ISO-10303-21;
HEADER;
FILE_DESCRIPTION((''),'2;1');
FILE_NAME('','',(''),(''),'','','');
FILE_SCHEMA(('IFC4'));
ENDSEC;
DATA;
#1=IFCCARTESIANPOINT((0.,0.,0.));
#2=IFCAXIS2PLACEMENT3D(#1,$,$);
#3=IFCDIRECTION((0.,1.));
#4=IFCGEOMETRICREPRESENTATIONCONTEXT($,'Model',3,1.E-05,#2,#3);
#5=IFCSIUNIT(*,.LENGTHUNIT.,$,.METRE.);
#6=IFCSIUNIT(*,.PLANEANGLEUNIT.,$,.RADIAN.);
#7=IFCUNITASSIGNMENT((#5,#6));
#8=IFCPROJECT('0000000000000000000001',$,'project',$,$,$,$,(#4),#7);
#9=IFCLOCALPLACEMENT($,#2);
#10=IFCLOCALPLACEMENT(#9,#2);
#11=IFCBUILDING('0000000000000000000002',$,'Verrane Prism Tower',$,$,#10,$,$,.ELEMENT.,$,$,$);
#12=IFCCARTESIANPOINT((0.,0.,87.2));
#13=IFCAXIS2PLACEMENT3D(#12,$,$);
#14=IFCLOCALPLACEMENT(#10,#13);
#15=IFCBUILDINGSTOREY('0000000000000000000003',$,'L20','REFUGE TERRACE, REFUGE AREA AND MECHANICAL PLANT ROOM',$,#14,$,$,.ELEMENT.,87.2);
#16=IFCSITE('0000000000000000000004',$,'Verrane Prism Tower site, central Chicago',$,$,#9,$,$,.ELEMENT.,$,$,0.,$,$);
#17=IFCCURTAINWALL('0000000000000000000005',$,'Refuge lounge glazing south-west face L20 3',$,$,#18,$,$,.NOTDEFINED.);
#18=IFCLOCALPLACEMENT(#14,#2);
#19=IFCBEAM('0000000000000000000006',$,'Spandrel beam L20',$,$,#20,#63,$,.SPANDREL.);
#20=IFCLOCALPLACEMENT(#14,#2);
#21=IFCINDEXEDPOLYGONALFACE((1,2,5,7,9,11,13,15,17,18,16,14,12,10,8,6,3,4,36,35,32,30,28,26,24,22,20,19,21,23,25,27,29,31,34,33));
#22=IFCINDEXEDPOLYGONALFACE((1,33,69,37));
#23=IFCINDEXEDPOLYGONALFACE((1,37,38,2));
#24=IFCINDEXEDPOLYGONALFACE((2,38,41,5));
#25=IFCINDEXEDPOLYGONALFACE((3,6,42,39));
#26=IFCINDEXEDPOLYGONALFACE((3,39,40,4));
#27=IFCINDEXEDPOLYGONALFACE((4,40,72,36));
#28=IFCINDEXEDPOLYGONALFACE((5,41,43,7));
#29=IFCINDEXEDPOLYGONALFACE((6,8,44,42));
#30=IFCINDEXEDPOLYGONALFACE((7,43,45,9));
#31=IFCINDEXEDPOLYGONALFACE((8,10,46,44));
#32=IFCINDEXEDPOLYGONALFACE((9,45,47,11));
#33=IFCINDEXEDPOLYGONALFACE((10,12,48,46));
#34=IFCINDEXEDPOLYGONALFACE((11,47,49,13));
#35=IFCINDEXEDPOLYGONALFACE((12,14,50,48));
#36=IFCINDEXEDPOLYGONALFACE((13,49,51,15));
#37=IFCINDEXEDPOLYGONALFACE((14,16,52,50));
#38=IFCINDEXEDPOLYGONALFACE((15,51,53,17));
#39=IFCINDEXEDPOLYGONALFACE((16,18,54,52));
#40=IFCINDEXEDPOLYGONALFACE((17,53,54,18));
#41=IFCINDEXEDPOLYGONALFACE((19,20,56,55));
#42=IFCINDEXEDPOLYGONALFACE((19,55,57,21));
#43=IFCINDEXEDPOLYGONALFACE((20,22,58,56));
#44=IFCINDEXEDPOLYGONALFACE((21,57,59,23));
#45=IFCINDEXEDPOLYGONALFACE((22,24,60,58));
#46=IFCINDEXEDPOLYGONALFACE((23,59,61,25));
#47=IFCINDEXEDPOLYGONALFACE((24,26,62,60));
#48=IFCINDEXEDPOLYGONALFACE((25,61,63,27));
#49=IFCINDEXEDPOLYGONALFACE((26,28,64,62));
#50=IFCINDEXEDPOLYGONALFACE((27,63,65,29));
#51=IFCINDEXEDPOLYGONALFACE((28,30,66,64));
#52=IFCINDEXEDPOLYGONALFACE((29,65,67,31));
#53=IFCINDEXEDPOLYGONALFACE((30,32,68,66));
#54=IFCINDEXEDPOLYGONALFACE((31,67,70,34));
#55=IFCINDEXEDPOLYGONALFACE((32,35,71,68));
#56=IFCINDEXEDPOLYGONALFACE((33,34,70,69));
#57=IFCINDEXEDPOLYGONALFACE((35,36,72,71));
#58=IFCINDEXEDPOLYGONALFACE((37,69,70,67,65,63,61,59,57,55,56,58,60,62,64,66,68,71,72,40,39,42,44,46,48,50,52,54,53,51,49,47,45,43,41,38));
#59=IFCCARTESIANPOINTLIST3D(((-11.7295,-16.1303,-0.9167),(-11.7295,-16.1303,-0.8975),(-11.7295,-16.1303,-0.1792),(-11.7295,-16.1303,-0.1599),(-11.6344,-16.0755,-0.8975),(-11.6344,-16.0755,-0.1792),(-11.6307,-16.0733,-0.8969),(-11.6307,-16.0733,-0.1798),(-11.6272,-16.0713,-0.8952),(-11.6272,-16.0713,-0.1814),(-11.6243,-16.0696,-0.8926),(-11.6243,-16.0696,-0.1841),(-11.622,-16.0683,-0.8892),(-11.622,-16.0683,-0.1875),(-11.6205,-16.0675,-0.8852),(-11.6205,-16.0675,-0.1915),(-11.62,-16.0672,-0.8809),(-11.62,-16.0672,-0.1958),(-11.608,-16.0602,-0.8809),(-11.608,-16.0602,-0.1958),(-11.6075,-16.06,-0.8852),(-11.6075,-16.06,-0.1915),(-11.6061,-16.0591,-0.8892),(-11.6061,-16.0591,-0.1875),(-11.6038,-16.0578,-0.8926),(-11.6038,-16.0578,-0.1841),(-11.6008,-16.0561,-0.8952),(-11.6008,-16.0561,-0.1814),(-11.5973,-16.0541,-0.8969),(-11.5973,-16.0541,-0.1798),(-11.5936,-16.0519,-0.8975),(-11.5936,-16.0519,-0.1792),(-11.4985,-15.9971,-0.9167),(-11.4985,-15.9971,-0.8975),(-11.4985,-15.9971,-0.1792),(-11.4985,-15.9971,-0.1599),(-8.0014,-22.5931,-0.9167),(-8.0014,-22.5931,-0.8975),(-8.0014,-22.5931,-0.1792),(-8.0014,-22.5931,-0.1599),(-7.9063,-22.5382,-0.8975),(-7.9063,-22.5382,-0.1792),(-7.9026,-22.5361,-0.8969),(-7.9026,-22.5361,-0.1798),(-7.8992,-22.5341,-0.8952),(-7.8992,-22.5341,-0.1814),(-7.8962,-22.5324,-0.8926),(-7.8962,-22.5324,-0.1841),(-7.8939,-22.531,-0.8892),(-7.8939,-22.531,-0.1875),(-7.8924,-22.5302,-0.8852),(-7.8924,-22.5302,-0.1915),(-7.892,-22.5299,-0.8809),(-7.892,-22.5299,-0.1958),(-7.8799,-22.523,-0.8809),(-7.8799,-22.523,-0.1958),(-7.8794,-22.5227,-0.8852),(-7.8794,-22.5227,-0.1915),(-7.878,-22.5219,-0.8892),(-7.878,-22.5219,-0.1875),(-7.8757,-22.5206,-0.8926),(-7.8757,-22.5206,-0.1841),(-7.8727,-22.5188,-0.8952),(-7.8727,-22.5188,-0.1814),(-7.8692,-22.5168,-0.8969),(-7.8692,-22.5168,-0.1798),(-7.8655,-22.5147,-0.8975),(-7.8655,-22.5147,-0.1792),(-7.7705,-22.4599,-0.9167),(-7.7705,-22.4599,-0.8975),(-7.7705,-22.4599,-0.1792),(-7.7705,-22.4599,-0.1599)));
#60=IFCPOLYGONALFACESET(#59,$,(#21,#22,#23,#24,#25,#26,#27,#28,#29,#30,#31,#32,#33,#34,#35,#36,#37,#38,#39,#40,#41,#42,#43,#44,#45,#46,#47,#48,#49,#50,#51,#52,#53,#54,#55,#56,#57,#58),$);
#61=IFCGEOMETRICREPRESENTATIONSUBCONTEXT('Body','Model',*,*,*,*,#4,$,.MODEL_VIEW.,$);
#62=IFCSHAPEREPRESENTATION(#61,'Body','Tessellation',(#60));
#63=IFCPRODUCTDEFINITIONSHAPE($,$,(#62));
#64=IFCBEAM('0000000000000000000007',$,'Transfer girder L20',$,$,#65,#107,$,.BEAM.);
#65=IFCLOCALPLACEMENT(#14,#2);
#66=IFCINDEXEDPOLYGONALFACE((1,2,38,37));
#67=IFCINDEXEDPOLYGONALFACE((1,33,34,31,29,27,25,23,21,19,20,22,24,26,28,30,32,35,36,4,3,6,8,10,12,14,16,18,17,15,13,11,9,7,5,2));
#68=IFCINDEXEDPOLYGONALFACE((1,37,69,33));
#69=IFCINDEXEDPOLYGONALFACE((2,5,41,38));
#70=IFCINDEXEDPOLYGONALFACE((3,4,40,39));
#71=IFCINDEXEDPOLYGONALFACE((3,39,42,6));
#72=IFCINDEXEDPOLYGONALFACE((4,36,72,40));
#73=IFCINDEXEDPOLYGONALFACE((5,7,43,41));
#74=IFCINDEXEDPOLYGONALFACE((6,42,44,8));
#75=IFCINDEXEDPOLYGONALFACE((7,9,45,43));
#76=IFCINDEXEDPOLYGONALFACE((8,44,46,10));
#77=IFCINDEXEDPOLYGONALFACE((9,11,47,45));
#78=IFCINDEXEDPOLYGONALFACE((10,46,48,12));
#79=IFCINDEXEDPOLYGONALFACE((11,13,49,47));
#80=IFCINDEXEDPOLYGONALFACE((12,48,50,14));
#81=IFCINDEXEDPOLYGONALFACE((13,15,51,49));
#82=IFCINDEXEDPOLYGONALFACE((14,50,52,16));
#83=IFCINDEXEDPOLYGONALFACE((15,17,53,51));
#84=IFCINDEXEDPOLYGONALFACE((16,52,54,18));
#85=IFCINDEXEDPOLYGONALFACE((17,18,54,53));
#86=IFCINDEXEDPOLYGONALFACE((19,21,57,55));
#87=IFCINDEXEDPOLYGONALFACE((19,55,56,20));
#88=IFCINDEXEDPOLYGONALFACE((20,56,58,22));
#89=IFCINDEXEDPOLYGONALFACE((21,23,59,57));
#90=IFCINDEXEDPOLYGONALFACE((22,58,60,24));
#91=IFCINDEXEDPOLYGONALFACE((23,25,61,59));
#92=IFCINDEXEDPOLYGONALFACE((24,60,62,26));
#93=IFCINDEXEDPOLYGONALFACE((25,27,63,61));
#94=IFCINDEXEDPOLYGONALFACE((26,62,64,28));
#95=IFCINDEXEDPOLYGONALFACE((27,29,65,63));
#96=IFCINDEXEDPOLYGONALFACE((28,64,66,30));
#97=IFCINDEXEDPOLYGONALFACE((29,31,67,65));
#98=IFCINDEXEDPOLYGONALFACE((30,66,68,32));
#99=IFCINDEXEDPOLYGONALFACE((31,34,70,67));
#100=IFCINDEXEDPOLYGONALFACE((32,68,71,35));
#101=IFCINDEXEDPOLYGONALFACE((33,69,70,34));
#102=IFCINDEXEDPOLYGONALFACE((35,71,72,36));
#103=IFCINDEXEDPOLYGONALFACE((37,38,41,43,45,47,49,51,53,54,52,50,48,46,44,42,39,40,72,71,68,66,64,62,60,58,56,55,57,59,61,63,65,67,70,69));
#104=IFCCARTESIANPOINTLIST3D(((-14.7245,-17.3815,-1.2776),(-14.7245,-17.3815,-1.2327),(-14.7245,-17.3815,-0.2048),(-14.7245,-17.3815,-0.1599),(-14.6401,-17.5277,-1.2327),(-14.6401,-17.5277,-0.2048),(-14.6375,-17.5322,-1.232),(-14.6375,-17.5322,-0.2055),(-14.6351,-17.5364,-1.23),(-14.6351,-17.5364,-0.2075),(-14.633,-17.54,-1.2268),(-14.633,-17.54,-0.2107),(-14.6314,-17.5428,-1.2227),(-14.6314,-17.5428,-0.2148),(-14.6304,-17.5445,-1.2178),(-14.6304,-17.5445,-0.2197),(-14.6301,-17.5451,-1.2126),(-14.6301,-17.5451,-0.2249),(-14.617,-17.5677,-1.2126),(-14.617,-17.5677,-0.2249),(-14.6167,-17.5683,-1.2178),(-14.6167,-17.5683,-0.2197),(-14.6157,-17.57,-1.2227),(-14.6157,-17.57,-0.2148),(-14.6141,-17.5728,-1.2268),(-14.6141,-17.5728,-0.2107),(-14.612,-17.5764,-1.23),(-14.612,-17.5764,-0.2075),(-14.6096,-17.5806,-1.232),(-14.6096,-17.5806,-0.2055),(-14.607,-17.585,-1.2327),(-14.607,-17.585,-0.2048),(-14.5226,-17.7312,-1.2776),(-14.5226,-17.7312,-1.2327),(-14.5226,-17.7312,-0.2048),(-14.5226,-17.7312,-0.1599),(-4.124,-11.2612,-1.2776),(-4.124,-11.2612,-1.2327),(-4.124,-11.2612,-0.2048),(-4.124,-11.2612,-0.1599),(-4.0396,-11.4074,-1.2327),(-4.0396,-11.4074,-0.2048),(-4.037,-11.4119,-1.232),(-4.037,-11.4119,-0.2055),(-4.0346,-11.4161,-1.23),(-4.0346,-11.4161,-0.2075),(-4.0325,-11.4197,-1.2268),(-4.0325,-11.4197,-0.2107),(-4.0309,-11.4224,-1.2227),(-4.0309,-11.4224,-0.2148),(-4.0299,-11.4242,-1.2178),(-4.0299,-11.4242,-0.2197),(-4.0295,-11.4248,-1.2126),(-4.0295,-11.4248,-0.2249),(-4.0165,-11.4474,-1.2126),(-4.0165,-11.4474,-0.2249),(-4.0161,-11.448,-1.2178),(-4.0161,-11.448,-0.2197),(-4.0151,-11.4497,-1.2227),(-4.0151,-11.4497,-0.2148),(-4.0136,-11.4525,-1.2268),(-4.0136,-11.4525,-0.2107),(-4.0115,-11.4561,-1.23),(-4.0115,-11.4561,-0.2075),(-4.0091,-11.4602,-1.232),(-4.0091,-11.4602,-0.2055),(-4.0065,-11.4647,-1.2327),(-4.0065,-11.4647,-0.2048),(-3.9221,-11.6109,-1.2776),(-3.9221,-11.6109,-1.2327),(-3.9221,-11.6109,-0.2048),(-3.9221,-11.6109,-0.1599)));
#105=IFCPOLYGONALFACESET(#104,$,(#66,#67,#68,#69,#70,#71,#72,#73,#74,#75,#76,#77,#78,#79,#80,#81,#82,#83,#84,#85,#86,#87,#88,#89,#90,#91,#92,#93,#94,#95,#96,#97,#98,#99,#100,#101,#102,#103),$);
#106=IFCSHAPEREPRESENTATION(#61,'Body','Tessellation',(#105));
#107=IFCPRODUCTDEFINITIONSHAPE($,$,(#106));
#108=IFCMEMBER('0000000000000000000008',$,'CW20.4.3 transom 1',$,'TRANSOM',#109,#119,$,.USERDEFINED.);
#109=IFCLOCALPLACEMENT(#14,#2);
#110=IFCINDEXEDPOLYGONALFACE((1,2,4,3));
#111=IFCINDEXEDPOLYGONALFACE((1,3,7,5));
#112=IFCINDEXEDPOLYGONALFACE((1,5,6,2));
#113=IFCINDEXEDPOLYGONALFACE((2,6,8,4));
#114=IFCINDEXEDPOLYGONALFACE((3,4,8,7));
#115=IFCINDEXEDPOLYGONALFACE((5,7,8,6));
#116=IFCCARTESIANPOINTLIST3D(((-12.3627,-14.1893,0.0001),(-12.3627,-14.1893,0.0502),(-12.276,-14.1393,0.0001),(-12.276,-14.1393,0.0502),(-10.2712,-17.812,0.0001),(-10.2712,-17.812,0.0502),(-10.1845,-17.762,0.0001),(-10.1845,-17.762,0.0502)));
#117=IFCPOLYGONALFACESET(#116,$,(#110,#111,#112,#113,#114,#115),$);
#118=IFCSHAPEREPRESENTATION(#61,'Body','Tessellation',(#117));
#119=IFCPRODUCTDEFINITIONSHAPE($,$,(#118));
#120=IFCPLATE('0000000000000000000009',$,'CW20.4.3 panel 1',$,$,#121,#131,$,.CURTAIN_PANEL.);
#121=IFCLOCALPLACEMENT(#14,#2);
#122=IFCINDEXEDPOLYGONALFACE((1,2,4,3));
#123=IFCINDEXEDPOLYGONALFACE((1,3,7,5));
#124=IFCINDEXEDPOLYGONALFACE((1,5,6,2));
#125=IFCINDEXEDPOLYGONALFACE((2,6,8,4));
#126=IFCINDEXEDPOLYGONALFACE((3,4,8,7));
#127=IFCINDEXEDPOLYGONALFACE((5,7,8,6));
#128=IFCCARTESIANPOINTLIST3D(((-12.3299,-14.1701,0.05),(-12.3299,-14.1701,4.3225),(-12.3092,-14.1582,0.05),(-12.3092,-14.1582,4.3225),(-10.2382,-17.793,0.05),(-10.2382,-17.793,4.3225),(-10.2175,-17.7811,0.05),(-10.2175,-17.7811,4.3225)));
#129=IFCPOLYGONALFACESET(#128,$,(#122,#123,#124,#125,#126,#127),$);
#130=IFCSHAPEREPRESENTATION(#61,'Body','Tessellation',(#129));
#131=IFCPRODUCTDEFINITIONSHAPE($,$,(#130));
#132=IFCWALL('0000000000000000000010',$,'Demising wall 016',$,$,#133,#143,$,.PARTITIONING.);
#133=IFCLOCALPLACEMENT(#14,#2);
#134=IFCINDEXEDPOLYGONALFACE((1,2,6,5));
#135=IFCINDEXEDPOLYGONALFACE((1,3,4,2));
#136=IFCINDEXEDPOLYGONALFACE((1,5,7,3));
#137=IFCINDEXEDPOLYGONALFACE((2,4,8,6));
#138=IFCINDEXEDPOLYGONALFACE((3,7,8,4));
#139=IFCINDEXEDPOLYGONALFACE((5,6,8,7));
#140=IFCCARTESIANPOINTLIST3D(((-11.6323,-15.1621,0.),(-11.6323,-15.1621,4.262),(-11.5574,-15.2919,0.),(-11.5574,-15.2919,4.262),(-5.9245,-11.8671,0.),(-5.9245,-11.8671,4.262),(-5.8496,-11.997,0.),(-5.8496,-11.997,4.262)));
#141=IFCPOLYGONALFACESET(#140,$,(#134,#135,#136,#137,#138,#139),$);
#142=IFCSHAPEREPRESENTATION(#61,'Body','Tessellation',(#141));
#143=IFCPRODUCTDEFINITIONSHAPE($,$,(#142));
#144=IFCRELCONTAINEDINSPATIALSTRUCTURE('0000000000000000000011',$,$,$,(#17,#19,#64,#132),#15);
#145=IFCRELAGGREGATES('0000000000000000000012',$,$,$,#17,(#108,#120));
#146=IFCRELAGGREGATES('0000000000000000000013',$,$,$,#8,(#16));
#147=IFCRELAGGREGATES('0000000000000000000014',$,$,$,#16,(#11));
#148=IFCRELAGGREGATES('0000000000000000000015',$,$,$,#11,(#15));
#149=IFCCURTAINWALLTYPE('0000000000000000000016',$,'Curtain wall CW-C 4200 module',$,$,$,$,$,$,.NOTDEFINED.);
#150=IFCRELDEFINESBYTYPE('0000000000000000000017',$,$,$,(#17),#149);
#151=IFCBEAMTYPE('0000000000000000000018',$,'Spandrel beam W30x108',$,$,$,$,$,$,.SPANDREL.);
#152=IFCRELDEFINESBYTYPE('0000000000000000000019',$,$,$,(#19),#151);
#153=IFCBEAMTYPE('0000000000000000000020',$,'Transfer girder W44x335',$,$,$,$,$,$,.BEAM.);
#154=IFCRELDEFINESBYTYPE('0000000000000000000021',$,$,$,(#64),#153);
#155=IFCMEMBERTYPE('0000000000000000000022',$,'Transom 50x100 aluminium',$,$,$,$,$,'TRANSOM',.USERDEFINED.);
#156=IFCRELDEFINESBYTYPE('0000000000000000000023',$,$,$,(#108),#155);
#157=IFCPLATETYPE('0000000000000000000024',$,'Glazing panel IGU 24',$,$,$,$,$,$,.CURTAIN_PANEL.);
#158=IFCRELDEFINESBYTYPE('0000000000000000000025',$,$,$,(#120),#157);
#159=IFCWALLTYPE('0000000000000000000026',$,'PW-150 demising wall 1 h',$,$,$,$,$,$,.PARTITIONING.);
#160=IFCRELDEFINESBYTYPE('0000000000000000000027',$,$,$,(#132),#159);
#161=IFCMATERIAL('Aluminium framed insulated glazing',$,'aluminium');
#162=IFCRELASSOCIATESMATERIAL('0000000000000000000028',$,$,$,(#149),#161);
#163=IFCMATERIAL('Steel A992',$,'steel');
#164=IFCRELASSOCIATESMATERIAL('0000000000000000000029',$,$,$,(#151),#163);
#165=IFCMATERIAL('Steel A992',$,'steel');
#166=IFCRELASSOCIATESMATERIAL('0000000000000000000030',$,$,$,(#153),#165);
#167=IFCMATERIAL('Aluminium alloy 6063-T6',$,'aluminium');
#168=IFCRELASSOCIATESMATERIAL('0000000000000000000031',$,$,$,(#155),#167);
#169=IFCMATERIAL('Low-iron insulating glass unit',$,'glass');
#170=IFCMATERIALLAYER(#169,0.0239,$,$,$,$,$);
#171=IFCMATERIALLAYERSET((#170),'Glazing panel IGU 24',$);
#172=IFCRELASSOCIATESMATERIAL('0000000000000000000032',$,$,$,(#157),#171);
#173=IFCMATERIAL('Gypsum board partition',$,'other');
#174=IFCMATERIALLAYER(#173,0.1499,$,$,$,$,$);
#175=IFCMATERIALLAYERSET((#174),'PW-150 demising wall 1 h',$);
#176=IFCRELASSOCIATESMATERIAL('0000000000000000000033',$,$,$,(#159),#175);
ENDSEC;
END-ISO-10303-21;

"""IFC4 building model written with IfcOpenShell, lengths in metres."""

from ifc_helpers import new_model, si_unit, direction, frame, frame_2d, origin, origin_2d, place, context, subcontext, project, spatial, rectangle, i_section, extrude, material, layer, layer_set, material_profile, profile_set, type_object, element, aggregate, save


model = new_model("IFC4")

# Units and contexts
model_context = context("Model", 3, precision=1e-05, world=origin(), true_north=direction((0.0, 1.0)))
body_context = subcontext(model_context, "Body", "Model", "MODEL_VIEW")
ifc_project = project(units=[si_unit("LENGTHUNIT", "METRE"), si_unit("PLANEANGLEUNIT", "RADIAN")], contexts=[model_context])

# Site, building, storey
site_placement = place(None, origin())
site = spatial("IfcSite", under=ifc_project, at=site_placement, Name="Verrane Prism Tower site, central Chicago", CompositionType="ELEMENT", RefElevation=0.0)
building_placement = place(site_placement, origin())
building = spatial("IfcBuilding", under=site, at=building_placement, Name="Verrane Prism Tower", CompositionType="ELEMENT")
storey_placement = place(building_placement, frame((0.0, 0.0, 87.2)))
storey = spatial("IfcBuildingStorey", under=building, at=storey_placement, Name="L20", Description="REFUGE TERRACE, REFUGE AREA AND MECHANICAL PLANT ROOM", CompositionType="ELEMENT", Elevation=87.2)

# Curtain wall
ifc_material_1 = material(Name="Aluminium framed insulated glazing", Category="aluminium")
curtain_wall_type = type_object("IfcCurtainWallType", Name="Curtain wall CW-C 4200 module", PredefinedType="NOTDEFINED", material=ifc_material_1)
curtain_wall_placement = place(storey_placement, origin())
curtain_wall = element("IfcCurtainWall", 1, at=curtain_wall_placement, inside=storey, type_object=curtain_wall_type, Name="Refuge lounge glazing south-west face L20 3", PredefinedType="NOTDEFINED")

# Beams
ifc_material_2 = material(Name="Steel A992", Category="steel")
ifc_material_profile_1 = material_profile(ifc_material_2, i_section(OverallWidth=0.2666, OverallDepth=0.7568, WebThickness=0.0139, FlangeThickness=0.0193, FilletRadius=0.0166, at=origin_2d()), Name="W30x108")
ifc_profile_set_1 = profile_set([ifc_material_profile_1], Name="Steel A992")
beam_type_1 = type_object("IfcBeamType", Name="Spandrel beam W30x108", PredefinedType="SPANDREL", material=ifc_profile_set_1)
beam_1_placement = place(storey_placement, frame((-11.614, -16.0637, -0.5383), z_axis=(0.49968, -0.86621, 0.0), x_axis=(0.86621, 0.49968, 0.0)))
element("IfcBeam", 2, at=beam_1_placement, inside=storey, type_object=beam_type_1, Name="Spandrel beam L20", PredefinedType="SPANDREL", context=body_context, shape_type="SweptSolid", body=[
    extrude(i_section(OverallWidth=0.2666, OverallDepth=0.7568, WebThickness=0.0139, FlangeThickness=0.0193, FilletRadius=0.0166, at=origin_2d()), origin(), (0.0, 0.0, 1.0), 7.4609),
])
ifc_material_3 = material(Name="Steel A992", Category="steel")
ifc_material_profile_2 = material_profile(ifc_material_3, i_section(OverallWidth=0.4038, OverallDepth=1.1177, WebThickness=0.0261, FlangeThickness=0.0449, FilletRadius=0.02, at=origin_2d()), Name="W44x335")
ifc_profile_set_2 = profile_set([ifc_material_profile_2], Name="Steel A992")
beam_type_2 = type_object("IfcBeamType", Name="Transfer girder W44x335", PredefinedType="BEAM", material=ifc_profile_set_2)
beam_2_placement = place(storey_placement, frame((-14.6235, -17.5564, -0.7188), z_axis=(0.866022, 0.500007, 0.0), x_axis=(-0.500007, 0.866022, 0.0)))
element("IfcBeam", 3, at=beam_2_placement, inside=storey, type_object=beam_type_2, Name="Transfer girder L20", PredefinedType="BEAM", context=body_context, shape_type="SweptSolid", body=[
    extrude(i_section(OverallWidth=0.4038, OverallDepth=1.1177, WebThickness=0.0261, FlangeThickness=0.0449, FilletRadius=0.02, at=origin_2d()), origin(), (0.0, 0.0, 1.0), 12.2405),
])

# Member
ifc_material_4 = material(Name="Aluminium alloy 6063-T6", Category="aluminium")
ifc_material_profile_3 = material_profile(ifc_material_4, rectangle(XDim=0.1001, YDim=0.05, at=origin_2d()), Name="Transom 50x100 aluminium")
ifc_profile_set_3 = profile_set([ifc_material_profile_3], Name="Aluminium alloy 6063-T6")
member_type_1 = type_object("IfcMemberType", Name="Transom 50x100 aluminium", ElementType="TRANSOM", PredefinedType="USERDEFINED", material=ifc_profile_set_3)
member_1_placement = place(storey_placement, frame((-12.3193, -14.1643, 0.0251), z_axis=(0.499987, -0.866033, 0.0), x_axis=(0.866033, 0.499987, 0.0)))
member_1 = element("IfcMember", 4, at=member_1_placement, type_object=member_type_1, Name="CW20.4.3 transom 1", ObjectType="TRANSOM", PredefinedType="USERDEFINED", context=body_context, shape_type="SweptSolid", body=[
    extrude(rectangle(XDim=0.1001, YDim=0.05, at=origin_2d()), origin(), (0.0, 0.0, 1.0), 4.1831),
])

# Plate
ifc_material_5 = material(Name="Low-iron insulating glass unit", Category="glass")
ifc_layer_1 = layer(ifc_material_5, 0.0239)
ifc_layer_set_1 = layer_set([ifc_layer_1], Name="Glazing panel IGU 24")
plate_type = type_object("IfcPlateType", Name="Glazing panel IGU 24", PredefinedType="CURTAIN_PANEL", material=ifc_layer_set_1)
plate_placement = place(storey_placement, frame((-11.2737, -15.9756, 0.05), z_axis=(0.0, 0.0, 1.0), x_axis=(0.499996, -0.866028, 0.0)))
plate = element("IfcPlate", 5, at=plate_placement, type_object=plate_type, Name="CW20.4.3 panel 1", PredefinedType="CURTAIN_PANEL", context=body_context, shape_type="SweptSolid", body=[
    extrude(rectangle(XDim=4.1833, YDim=0.0239, at=origin_2d()), origin(), (0.0, 0.0, 1.0), 4.2725),
])
aggregate(curtain_wall, [member_1, plate])

# Wall
ifc_material_6 = material(Name="Gypsum board partition", Category="other")
ifc_layer_2 = layer(ifc_material_6, 0.1499)
ifc_layer_set_2 = layer_set([ifc_layer_2], Name="PW-150 demising wall 1 h")
wall_type_1 = type_object("IfcWallType", Name="PW-150 demising wall 1 h", PredefinedType="PARTITIONING", material=ifc_layer_set_2)
wall_1_placement = place(storey_placement, frame((-11.595, -15.2271, 0.0), z_axis=(0.0, 0.0, 1.0), x_axis=(0.866055, 0.499948, 0.0)))
element("IfcWall", 6, at=wall_1_placement, inside=storey, type_object=wall_type_1, Name="Demising wall 016", PredefinedType="PARTITIONING", context=body_context, shape_type="SweptSolid", body=[
    extrude(rectangle(XDim=6.5906, YDim=0.1499, at=frame_2d((3.2954, 0.0))), origin(), (0.0, 0.0, 1.0), 4.262),
])

save(model, "model.ifc")
